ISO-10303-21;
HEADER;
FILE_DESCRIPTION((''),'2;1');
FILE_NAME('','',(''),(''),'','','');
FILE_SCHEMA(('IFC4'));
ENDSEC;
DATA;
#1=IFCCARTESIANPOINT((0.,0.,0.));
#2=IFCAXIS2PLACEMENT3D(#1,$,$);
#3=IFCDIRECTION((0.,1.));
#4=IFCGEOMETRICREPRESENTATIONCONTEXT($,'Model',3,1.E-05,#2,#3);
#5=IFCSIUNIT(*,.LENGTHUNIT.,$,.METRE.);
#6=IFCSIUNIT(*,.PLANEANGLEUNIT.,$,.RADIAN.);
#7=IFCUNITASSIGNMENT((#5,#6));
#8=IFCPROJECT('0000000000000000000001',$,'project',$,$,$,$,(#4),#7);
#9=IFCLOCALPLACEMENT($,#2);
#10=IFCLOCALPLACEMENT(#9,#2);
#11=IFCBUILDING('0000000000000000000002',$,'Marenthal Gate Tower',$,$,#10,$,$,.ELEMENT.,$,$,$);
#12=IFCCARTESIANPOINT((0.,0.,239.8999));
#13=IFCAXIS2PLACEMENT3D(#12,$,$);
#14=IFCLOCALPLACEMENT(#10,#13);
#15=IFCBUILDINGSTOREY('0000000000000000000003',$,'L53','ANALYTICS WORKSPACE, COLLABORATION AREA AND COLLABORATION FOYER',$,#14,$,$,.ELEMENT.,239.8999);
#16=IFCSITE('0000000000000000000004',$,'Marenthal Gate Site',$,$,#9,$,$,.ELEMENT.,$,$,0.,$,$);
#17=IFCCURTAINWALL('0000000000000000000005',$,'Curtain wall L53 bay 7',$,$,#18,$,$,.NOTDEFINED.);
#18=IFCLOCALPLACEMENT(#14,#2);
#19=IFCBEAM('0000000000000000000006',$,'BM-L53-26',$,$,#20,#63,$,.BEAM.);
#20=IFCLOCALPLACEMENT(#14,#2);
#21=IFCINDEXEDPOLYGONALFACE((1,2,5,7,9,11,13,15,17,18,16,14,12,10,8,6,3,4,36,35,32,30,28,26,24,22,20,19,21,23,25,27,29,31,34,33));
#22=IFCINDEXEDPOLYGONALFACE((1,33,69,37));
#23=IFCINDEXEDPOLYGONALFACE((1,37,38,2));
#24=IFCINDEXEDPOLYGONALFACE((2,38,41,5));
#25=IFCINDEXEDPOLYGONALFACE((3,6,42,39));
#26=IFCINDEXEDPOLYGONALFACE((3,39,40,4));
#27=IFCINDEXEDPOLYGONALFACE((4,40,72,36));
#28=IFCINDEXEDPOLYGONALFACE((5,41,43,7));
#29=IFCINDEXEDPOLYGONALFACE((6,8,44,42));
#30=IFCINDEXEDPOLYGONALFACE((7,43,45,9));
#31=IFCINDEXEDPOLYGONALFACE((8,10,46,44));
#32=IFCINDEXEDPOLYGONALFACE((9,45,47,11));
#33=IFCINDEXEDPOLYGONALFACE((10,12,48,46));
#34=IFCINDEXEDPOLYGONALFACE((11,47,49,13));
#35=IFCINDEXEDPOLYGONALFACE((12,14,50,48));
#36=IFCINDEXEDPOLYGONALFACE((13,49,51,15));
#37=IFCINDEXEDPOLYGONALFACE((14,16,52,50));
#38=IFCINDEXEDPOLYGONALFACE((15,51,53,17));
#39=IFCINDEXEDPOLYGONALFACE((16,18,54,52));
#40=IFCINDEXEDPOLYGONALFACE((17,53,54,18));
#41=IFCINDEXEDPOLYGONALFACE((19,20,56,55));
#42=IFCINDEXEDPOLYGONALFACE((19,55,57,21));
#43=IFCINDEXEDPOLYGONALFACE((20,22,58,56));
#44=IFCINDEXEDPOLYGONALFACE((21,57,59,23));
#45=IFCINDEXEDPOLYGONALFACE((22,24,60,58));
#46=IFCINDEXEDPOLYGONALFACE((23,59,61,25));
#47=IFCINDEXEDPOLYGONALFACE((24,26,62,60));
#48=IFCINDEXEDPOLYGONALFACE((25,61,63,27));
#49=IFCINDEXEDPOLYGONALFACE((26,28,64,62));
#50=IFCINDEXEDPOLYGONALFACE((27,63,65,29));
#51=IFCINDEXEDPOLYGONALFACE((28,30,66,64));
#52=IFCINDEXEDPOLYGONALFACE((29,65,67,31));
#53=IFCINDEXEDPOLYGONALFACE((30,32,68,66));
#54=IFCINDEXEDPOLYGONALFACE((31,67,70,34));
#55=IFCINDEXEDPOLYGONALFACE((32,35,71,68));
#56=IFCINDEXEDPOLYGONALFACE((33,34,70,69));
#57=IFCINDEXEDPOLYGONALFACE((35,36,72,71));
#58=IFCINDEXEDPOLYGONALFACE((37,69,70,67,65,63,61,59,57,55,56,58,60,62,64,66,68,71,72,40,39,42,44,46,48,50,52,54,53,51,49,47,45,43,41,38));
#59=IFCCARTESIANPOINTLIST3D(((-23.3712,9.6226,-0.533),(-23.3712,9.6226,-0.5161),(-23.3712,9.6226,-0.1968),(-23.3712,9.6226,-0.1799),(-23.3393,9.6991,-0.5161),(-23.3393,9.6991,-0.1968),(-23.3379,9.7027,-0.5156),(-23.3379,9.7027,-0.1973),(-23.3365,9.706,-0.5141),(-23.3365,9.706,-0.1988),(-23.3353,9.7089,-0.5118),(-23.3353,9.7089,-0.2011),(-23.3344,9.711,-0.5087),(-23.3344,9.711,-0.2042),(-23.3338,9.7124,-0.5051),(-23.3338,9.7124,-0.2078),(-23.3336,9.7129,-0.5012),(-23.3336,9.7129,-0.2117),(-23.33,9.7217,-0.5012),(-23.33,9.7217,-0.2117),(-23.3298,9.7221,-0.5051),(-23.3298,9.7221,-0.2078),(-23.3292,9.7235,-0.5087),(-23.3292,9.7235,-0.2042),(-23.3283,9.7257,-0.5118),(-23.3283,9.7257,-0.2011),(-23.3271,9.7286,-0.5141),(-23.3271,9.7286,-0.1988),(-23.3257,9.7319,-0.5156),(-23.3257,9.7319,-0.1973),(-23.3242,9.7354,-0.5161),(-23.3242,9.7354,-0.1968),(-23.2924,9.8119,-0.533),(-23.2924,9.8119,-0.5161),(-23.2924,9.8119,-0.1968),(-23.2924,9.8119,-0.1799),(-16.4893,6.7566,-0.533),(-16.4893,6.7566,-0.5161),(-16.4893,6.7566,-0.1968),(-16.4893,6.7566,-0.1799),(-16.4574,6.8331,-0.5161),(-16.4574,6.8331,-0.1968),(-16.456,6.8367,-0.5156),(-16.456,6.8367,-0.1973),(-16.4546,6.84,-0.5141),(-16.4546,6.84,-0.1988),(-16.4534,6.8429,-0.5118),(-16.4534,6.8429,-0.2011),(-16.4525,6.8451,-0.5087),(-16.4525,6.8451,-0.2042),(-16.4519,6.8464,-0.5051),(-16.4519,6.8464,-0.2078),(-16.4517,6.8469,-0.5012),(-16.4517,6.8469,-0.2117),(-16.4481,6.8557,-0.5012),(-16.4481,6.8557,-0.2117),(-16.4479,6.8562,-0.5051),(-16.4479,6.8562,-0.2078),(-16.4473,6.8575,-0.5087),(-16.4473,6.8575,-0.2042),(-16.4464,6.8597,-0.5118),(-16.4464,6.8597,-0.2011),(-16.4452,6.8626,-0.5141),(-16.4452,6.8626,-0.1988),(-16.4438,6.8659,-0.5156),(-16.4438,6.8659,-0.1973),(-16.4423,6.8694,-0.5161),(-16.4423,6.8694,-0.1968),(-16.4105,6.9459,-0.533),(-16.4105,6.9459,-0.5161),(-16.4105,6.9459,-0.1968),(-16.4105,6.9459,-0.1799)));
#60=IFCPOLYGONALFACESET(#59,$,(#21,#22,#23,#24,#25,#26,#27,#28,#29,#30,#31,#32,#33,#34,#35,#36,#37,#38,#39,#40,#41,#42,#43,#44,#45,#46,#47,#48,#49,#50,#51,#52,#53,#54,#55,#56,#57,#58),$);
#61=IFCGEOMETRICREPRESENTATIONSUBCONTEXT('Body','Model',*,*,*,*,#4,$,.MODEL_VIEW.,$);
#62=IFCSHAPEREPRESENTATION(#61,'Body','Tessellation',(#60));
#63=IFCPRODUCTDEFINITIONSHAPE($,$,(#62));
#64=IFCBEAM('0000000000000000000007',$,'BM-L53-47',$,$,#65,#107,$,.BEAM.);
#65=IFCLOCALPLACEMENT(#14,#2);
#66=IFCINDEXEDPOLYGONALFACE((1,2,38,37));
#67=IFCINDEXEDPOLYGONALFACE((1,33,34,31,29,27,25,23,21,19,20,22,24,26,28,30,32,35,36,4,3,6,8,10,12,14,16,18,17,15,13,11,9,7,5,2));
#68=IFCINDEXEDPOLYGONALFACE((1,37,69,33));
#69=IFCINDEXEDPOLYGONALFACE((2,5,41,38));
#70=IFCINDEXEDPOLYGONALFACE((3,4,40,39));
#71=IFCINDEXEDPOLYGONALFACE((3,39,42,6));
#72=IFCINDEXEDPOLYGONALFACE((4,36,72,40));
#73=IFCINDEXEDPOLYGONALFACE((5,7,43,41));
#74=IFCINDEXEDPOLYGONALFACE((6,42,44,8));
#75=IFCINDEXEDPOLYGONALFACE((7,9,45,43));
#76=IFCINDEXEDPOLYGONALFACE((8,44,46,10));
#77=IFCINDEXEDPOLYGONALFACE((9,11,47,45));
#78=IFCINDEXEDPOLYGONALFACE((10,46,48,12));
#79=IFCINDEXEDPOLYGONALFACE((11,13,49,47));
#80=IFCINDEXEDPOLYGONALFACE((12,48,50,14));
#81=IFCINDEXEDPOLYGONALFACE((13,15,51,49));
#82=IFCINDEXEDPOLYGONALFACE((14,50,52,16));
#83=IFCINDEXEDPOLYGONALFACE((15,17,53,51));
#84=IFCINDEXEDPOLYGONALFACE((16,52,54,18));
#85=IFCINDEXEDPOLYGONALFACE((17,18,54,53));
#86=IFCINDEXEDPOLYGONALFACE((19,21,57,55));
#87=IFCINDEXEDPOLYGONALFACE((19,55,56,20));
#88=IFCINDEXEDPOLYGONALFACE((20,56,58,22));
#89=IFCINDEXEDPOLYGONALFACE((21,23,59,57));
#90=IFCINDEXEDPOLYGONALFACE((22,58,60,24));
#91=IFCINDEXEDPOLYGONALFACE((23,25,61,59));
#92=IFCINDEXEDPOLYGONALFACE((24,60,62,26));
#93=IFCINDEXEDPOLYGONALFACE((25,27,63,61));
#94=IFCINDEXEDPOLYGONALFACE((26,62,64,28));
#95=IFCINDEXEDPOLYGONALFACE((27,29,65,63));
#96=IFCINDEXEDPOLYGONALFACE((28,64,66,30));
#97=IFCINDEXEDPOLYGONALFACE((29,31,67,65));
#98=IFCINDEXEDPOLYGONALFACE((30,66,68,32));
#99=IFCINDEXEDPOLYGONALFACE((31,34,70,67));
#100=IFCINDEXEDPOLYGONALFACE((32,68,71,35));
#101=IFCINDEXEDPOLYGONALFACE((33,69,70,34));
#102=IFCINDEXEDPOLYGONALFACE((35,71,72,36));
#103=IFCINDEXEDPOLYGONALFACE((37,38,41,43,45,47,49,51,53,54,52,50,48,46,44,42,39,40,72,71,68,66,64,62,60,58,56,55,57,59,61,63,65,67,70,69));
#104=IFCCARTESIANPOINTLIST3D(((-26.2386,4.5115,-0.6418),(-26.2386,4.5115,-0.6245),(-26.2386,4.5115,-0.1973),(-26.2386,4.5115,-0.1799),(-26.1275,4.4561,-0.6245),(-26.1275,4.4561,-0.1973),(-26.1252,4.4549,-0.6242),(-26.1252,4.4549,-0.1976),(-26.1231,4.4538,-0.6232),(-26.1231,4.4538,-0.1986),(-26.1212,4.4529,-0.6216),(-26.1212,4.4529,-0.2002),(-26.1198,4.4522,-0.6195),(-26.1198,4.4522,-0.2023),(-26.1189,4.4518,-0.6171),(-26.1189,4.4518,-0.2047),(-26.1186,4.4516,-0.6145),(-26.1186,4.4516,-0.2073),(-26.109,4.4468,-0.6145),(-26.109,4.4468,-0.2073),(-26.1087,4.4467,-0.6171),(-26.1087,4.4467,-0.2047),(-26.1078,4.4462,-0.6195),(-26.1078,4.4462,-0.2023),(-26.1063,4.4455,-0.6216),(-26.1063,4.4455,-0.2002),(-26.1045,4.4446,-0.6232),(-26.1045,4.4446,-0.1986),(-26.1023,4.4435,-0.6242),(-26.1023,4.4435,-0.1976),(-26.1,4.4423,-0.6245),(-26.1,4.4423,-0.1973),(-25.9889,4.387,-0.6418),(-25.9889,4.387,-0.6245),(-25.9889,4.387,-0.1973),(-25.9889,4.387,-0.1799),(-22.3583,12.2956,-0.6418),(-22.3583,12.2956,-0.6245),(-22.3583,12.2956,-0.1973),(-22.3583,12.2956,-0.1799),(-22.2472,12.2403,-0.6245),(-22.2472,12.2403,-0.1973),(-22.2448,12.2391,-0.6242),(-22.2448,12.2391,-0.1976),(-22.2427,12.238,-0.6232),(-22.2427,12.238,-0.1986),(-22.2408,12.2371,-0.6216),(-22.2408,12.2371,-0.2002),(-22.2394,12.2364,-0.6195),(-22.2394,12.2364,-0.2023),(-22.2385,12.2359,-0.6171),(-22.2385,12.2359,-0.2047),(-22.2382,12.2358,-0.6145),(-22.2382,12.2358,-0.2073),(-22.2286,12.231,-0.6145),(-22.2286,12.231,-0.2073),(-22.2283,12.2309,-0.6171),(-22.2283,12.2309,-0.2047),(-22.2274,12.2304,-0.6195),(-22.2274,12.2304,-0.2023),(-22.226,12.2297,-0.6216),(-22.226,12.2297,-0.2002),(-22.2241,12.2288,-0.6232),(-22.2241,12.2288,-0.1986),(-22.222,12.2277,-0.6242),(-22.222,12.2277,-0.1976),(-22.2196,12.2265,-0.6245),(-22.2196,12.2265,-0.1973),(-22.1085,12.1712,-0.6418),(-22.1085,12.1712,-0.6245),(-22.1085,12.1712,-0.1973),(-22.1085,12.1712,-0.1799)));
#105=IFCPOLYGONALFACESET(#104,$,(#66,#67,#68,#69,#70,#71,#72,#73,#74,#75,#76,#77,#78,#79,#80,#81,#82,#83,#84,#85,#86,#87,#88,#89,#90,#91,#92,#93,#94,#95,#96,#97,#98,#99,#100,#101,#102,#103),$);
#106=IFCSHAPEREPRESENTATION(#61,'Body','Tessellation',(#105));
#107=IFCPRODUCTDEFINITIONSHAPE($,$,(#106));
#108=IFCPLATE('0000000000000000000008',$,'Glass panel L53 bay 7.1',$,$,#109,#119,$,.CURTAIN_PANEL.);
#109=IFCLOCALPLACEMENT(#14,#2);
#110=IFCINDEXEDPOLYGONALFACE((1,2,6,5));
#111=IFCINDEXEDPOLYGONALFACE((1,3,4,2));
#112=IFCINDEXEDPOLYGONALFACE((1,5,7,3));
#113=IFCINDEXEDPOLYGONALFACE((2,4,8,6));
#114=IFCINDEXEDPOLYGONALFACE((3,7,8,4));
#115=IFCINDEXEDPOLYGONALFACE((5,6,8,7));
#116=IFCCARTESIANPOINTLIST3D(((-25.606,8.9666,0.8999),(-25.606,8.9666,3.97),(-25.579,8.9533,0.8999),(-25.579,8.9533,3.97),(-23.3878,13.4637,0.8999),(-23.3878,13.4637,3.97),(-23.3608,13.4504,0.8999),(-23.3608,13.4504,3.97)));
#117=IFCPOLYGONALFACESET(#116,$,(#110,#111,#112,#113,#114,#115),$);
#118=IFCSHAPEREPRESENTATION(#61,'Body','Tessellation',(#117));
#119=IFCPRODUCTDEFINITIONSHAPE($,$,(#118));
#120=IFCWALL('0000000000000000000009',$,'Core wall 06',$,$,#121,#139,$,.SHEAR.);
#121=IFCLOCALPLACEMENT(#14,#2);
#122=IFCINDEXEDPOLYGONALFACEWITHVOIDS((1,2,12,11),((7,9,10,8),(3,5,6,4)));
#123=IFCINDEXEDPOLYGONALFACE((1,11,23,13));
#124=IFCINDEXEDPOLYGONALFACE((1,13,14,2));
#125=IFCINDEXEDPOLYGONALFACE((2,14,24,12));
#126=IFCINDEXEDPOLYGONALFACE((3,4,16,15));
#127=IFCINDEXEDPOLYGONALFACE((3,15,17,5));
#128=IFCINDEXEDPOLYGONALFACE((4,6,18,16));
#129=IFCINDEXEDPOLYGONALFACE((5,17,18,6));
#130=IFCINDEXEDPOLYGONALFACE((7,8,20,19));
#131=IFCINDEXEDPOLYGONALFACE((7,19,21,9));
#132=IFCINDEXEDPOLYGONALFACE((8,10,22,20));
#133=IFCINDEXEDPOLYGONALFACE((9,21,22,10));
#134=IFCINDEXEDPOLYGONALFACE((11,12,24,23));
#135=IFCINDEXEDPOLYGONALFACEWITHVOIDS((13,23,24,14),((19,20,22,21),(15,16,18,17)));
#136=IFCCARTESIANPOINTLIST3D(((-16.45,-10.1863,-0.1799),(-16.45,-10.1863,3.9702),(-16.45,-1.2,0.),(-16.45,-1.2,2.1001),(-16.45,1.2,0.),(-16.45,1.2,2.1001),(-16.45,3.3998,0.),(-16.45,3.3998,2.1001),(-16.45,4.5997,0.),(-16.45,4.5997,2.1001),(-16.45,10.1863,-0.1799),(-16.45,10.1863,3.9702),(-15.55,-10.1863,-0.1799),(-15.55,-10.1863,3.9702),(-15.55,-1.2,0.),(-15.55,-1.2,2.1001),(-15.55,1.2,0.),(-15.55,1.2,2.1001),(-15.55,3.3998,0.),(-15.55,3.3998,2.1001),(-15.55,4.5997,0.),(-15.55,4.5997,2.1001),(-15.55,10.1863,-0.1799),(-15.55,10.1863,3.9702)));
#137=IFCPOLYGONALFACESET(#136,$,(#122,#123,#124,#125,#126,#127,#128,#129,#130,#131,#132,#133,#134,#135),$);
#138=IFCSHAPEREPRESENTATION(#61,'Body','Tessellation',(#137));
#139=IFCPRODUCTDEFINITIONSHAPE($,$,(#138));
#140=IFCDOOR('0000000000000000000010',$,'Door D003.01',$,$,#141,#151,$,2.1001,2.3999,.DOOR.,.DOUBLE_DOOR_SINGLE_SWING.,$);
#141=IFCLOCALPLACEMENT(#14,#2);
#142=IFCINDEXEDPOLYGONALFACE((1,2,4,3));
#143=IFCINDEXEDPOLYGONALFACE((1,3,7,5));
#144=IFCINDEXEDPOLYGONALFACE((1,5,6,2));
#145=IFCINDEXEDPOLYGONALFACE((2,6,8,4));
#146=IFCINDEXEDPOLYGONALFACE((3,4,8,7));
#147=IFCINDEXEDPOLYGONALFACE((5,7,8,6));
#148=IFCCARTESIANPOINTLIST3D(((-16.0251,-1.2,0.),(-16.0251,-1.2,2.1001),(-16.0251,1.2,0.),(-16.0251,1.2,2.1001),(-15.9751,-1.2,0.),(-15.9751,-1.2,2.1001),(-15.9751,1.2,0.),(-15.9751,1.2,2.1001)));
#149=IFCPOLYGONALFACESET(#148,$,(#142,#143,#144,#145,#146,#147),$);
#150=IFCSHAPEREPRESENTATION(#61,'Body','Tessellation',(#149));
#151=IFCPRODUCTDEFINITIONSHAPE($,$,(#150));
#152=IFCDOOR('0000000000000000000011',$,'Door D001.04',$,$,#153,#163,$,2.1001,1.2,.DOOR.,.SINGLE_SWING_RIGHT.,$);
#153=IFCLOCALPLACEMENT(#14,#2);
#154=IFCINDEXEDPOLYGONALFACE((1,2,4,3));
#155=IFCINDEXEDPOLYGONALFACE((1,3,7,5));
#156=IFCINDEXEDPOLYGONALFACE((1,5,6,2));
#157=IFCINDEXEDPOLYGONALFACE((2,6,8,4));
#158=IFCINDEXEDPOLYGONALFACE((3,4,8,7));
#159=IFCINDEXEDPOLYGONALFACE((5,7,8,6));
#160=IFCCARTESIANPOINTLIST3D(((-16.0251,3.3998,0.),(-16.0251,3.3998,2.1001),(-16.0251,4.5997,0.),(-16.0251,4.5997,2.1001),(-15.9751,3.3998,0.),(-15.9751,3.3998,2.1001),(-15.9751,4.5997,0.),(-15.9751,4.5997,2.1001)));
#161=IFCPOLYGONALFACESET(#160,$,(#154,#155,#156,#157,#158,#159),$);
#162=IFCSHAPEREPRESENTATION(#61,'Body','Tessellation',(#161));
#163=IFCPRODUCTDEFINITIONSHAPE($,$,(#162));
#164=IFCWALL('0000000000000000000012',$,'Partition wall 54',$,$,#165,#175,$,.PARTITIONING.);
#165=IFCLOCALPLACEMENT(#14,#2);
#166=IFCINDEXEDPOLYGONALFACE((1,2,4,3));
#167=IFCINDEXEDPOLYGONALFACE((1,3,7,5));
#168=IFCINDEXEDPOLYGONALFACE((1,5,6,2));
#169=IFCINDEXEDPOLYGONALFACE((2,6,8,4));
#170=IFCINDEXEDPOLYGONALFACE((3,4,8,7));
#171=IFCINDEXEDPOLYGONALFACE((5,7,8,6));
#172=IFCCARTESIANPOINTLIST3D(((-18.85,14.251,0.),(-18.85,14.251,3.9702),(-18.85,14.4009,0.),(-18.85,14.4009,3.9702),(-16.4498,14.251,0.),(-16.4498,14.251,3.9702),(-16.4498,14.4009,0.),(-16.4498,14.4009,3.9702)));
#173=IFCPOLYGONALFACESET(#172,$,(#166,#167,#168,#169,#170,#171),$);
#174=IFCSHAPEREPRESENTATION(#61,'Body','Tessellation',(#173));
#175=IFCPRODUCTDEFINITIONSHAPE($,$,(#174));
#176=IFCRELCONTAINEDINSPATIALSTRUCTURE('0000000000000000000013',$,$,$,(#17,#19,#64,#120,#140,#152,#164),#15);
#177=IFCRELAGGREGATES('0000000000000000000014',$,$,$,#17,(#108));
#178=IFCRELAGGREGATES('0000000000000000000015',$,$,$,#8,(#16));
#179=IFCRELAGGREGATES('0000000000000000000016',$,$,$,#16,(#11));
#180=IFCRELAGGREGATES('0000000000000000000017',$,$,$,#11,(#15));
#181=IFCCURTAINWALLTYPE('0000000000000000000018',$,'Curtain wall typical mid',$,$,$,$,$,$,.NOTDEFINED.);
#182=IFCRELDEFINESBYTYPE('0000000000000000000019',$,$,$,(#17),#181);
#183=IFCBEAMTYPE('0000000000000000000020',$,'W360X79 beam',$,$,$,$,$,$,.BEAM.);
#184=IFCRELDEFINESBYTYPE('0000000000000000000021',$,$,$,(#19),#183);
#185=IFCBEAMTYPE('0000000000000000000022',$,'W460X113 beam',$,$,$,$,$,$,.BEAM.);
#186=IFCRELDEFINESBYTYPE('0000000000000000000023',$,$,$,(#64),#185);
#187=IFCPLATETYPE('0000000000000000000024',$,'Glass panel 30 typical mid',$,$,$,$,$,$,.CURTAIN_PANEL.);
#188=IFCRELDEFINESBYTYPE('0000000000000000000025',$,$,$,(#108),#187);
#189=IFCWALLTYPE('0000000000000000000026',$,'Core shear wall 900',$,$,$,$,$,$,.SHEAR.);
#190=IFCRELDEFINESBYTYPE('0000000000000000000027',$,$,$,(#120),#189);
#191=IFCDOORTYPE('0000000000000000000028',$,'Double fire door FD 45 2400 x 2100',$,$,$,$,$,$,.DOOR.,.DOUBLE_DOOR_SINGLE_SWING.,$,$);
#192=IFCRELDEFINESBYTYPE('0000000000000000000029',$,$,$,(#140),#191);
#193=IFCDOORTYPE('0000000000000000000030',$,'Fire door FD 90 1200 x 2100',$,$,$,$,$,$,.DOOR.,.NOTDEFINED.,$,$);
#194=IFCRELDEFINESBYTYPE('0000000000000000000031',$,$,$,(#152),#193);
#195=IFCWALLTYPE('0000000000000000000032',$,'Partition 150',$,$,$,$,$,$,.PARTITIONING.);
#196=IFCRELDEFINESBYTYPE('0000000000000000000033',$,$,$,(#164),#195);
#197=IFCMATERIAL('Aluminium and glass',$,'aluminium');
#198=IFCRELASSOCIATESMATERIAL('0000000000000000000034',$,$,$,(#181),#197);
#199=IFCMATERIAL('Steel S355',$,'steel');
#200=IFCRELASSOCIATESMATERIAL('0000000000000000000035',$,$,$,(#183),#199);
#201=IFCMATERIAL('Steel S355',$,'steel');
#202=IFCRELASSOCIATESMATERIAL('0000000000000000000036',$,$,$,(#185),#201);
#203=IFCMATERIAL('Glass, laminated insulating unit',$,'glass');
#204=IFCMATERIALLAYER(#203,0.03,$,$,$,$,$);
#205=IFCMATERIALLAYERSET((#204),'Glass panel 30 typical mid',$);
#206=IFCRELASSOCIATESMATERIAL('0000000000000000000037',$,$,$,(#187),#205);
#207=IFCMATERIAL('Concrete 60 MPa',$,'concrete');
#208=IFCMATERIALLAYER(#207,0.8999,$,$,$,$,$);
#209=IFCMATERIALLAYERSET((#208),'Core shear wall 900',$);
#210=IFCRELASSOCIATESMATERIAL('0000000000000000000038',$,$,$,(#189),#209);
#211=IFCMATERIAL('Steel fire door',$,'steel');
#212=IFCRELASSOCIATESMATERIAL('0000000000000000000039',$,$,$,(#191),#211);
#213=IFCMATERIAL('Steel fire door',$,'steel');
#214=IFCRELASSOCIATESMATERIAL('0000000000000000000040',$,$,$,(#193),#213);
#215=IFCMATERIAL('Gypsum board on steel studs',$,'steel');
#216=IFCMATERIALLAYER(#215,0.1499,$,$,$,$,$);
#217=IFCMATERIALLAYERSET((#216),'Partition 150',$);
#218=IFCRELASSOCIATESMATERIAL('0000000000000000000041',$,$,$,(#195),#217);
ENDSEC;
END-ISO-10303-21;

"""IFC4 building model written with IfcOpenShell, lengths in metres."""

from ifc_helpers import new_model, si_unit, direction, frame, frame_2d, origin, origin_2d, place, context, subcontext, project, spatial, rectangle, i_section, extrude, material, layer, layer_set, material_profile, profile_set, type_object, element, fill, aggregate, save


model = new_model("IFC4")

# Units and contexts
model_context = context("Model", 3, precision=1e-05, world=origin(), true_north=direction((0.0, 1.0)))
body_context = subcontext(model_context, "Body", "Model", "MODEL_VIEW")
ifc_project = project(units=[si_unit("LENGTHUNIT", "METRE"), si_unit("PLANEANGLEUNIT", "RADIAN")], contexts=[model_context])

# Site, building, storey
site_placement = place(None, origin())
site = spatial("IfcSite", under=ifc_project, at=site_placement, Name="Marenthal Gate Site", CompositionType="ELEMENT", RefElevation=0.0)
building_placement = place(site_placement, origin())
building = spatial("IfcBuilding", under=site, at=building_placement, Name="Marenthal Gate Tower", CompositionType="ELEMENT")
storey_placement = place(building_placement, frame((0.0, 0.0, 239.8999)))
storey = spatial("IfcBuildingStorey", under=building, at=storey_placement, Name="L53", Description="ANALYTICS WORKSPACE, COLLABORATION AREA AND COLLABORATION FOYER", CompositionType="ELEMENT", Elevation=239.8999)

# Curtain wall
ifc_material_1 = material(Name="Aluminium and glass", Category="aluminium")
curtain_wall_type = type_object("IfcCurtainWallType", Name="Curtain wall typical mid", PredefinedType="NOTDEFINED", material=ifc_material_1)
curtain_wall_placement = place(storey_placement, origin())
curtain_wall = element("IfcCurtainWall", 1, at=curtain_wall_placement, inside=storey, type_object=curtain_wall_type, Name="Curtain wall L53 bay 7", PredefinedType="NOTDEFINED")

# Beams
ifc_material_2 = material(Name="Steel S355", Category="steel")
ifc_material_profile_1 = material_profile(ifc_material_2, i_section(OverallWidth=0.2051, OverallDepth=0.353, WebThickness=0.0095, FlangeThickness=0.0168, FilletRadius=0.0149, at=origin_2d()), Name="W360X79")
ifc_profile_set_1 = profile_set([ifc_material_profile_1], Name="Steel S355")
beam_type_1 = type_object("IfcBeamType", Name="W360X79 beam", PredefinedType="BEAM", material=ifc_profile_set_1)
beam_1_placement = place(storey_placement, frame((-23.3318, 9.7173, -0.3564), z_axis=(0.923147, -0.384448, 0.0), x_axis=(0.384448, 0.923147, 0.0)))
element("IfcBeam", 2, at=beam_1_placement, inside=storey, type_object=beam_type_1, Name="BM-L53-26", PredefinedType="BEAM", context=body_context, shape_type="SweptSolid", body=[
    extrude(i_section(OverallWidth=0.2051, OverallDepth=0.353, WebThickness=0.0095, FlangeThickness=0.0168, FilletRadius=0.0149, at=origin_2d()), origin(), (0.0, 0.0, 1.0), 7.4548),
])
ifc_material_3 = material(Name="Steel S355", Category="steel")
ifc_material_profile_2 = material_profile(ifc_material_3, i_section(OverallWidth=0.2791, OverallDepth=0.4619, WebThickness=0.0107, FlangeThickness=0.0173, FilletRadius=0.01, at=origin_2d()), Name="W460X113")
ifc_profile_set_2 = profile_set([ifc_material_profile_2], Name="Steel S355")
beam_type_2 = type_object("IfcBeamType", Name="W460X113 beam", PredefinedType="BEAM", material=ifc_profile_set_2)
beam_2_placement = place(storey_placement, frame((-22.2334, 12.2334, -0.4109), z_axis=(-0.446135, -0.894965, 0.0), x_axis=(0.894965, -0.446135, 0.0)))
element("IfcBeam", 3, at=beam_2_placement, inside=storey, type_object=beam_type_2, Name="BM-L53-47", PredefinedType="BEAM", context=body_context, shape_type="SweptSolid", body=[
    extrude(i_section(OverallWidth=0.2791, OverallDepth=0.4619, WebThickness=0.0107, FlangeThickness=0.0173, FilletRadius=0.01, at=origin_2d()), origin(), (0.0, 0.0, 1.0), 8.6978),
])

# Plate
ifc_material_4 = material(Name="Glass, laminated insulating unit", Category="glass")
ifc_layer_1 = layer(ifc_material_4, 0.03)
ifc_layer_set_1 = layer_set([ifc_layer_1], Name="Glass panel 30 typical mid")
plate_type = type_object("IfcPlateType", Name="Glass panel 30 typical mid", PredefinedType="CURTAIN_PANEL", material=ifc_layer_set_1)
plate_placement = place(storey_placement, frame((-24.4834, 11.2085, 0.8999), z_axis=(0.0, 0.0, 1.0), x_axis=(-0.442364, -0.896835, 0.0)))
plate = element("IfcPlate", 4, at=plate_placement, type_object=plate_type, Name="Glass panel L53 bay 7.1", PredefinedType="CURTAIN_PANEL", context=body_context, shape_type="SweptSolid", body=[
    extrude(rectangle(XDim=5.0144, YDim=0.03, at=origin_2d()), origin(), (0.0, 0.0, 1.0), 3.0701),
])
aggregate(curtain_wall, [plate])

# Wall, openings, doors
ifc_material_5 = material(Name="Concrete 60 MPa", Category="concrete")
ifc_layer_2 = layer(ifc_material_5, 0.8999)
ifc_layer_set_2 = layer_set([ifc_layer_2], Name="Core shear wall 900")
wall_type_1 = type_object("IfcWallType", Name="Core shear wall 900", PredefinedType="SHEAR", material=ifc_layer_set_2)
wall_1_placement = place(storey_placement, frame((-16.0, 10.1863, -0.1799), z_axis=(0.0, 0.0, 1.0), x_axis=(0.0, -1.0, 0.0)))
wall_1 = element("IfcWall", 5, at=wall_1_placement, inside=storey, type_object=wall_type_1, Name="Core wall 06", PredefinedType="SHEAR", context=body_context, shape_type="SweptSolid", body=[
    extrude(rectangle(XDim=20.3726, YDim=0.8999, at=frame_2d((10.1863, 0.0))), origin(), (0.0, 0.0, 1.0), 4.1501),
])
opening_1_placement = place(wall_1_placement, frame((8.9863, 0.0, 0.1799)))
opening_1 = element("IfcOpeningElement", 6, at=opening_1_placement, cuts=wall_1, PredefinedType="OPENING", context=body_context, shape_type="SweptSolid", body=[
    extrude(rectangle(XDim=2.3999, YDim=2.1001, at=frame_2d((1.2, 1.05))), frame((0.0, 0.46, 0.0), z_axis=(0.0, -1.0, 0.0), x_axis=(1.0, 0.0, 0.0)), (0.0, 0.0, 1.0), 0.9199),
])
opening_2_placement = place(wall_1_placement, frame((5.5864, 0.0, 0.1799)))
opening_2 = element("IfcOpeningElement", 7, at=opening_2_placement, cuts=wall_1, PredefinedType="OPENING", context=body_context, shape_type="SweptSolid", body=[
    extrude(rectangle(XDim=1.2, YDim=2.1001, at=frame_2d((0.6001, 1.05))), frame((0.0, 0.46, 0.0), z_axis=(0.0, -1.0, 0.0), x_axis=(1.0, 0.0, 0.0)), (0.0, 0.0, 1.0), 0.9199),
])
ifc_material_6 = material(Name="Steel fire door", Category="steel")
door_type_1 = type_object("IfcDoorType", Name="Double fire door FD 45 2400 x 2100", OperationType="DOUBLE_DOOR_SINGLE_SWING", PredefinedType="DOOR", material=ifc_material_6)
door_1_placement = place(opening_1_placement, origin())
door_1 = element("IfcDoor", 8, at=door_1_placement, inside=storey, type_object=door_type_1, Name="Door D003.01", OperationType="DOUBLE_DOOR_SINGLE_SWING", OverallHeight=2.1001, OverallWidth=2.3999, PredefinedType="DOOR", context=body_context, shape_type="SweptSolid", body=[
    extrude(rectangle(XDim=2.3999, YDim=2.1001, at=frame_2d((1.2, 1.05))), frame((0.0, 0.0249, 0.0), z_axis=(0.0, -1.0, 0.0), x_axis=(1.0, 0.0, 0.0)), (0.0, 0.0, 1.0), 0.05),
])
fill(opening_1, door_1)
ifc_material_7 = material(Name="Steel fire door", Category="steel")
door_type_2 = type_object("IfcDoorType", Name="Fire door FD 90 1200 x 2100", OperationType="NOTDEFINED", PredefinedType="DOOR", material=ifc_material_7)
door_2_placement = place(opening_2_placement, origin())
door_2 = element("IfcDoor", 9, at=door_2_placement, inside=storey, type_object=door_type_2, Name="Door D001.04", OperationType="SINGLE_SWING_RIGHT", OverallHeight=2.1001, OverallWidth=1.2, PredefinedType="DOOR", context=body_context, shape_type="SweptSolid", body=[
    extrude(rectangle(XDim=1.2, YDim=2.1001, at=frame_2d((0.6001, 1.05))), frame((0.0, 0.0249, 0.0), z_axis=(0.0, -1.0, 0.0), x_axis=(1.0, 0.0, 0.0)), (0.0, 0.0, 1.0), 0.05),
])
fill(opening_2, door_2)

# Wall
ifc_material_8 = material(Name="Gypsum board on steel studs", Category="steel")
ifc_layer_3 = layer(ifc_material_8, 0.1499)
ifc_layer_set_3 = layer_set([ifc_layer_3], Name="Partition 150")
wall_type_2 = type_object("IfcWallType", Name="Partition 150", PredefinedType="PARTITIONING", material=ifc_layer_set_3)
wall_2_placement = place(storey_placement, frame((-18.8501, 14.3259, 0.0), z_axis=(0.0, 0.0, 1.0), x_axis=(1.0, 0.0, 0.0)))
element("IfcWall", 10, at=wall_2_placement, inside=storey, type_object=wall_type_2, Name="Partition wall 54", PredefinedType="PARTITIONING", context=body_context, shape_type="SweptSolid", body=[
    extrude(rectangle(XDim=2.4001, YDim=0.1499, at=frame_2d((1.2002, 0.0))), origin(), (0.0, 0.0, 1.0), 3.9702),
])

save(model, "model.ifc")
